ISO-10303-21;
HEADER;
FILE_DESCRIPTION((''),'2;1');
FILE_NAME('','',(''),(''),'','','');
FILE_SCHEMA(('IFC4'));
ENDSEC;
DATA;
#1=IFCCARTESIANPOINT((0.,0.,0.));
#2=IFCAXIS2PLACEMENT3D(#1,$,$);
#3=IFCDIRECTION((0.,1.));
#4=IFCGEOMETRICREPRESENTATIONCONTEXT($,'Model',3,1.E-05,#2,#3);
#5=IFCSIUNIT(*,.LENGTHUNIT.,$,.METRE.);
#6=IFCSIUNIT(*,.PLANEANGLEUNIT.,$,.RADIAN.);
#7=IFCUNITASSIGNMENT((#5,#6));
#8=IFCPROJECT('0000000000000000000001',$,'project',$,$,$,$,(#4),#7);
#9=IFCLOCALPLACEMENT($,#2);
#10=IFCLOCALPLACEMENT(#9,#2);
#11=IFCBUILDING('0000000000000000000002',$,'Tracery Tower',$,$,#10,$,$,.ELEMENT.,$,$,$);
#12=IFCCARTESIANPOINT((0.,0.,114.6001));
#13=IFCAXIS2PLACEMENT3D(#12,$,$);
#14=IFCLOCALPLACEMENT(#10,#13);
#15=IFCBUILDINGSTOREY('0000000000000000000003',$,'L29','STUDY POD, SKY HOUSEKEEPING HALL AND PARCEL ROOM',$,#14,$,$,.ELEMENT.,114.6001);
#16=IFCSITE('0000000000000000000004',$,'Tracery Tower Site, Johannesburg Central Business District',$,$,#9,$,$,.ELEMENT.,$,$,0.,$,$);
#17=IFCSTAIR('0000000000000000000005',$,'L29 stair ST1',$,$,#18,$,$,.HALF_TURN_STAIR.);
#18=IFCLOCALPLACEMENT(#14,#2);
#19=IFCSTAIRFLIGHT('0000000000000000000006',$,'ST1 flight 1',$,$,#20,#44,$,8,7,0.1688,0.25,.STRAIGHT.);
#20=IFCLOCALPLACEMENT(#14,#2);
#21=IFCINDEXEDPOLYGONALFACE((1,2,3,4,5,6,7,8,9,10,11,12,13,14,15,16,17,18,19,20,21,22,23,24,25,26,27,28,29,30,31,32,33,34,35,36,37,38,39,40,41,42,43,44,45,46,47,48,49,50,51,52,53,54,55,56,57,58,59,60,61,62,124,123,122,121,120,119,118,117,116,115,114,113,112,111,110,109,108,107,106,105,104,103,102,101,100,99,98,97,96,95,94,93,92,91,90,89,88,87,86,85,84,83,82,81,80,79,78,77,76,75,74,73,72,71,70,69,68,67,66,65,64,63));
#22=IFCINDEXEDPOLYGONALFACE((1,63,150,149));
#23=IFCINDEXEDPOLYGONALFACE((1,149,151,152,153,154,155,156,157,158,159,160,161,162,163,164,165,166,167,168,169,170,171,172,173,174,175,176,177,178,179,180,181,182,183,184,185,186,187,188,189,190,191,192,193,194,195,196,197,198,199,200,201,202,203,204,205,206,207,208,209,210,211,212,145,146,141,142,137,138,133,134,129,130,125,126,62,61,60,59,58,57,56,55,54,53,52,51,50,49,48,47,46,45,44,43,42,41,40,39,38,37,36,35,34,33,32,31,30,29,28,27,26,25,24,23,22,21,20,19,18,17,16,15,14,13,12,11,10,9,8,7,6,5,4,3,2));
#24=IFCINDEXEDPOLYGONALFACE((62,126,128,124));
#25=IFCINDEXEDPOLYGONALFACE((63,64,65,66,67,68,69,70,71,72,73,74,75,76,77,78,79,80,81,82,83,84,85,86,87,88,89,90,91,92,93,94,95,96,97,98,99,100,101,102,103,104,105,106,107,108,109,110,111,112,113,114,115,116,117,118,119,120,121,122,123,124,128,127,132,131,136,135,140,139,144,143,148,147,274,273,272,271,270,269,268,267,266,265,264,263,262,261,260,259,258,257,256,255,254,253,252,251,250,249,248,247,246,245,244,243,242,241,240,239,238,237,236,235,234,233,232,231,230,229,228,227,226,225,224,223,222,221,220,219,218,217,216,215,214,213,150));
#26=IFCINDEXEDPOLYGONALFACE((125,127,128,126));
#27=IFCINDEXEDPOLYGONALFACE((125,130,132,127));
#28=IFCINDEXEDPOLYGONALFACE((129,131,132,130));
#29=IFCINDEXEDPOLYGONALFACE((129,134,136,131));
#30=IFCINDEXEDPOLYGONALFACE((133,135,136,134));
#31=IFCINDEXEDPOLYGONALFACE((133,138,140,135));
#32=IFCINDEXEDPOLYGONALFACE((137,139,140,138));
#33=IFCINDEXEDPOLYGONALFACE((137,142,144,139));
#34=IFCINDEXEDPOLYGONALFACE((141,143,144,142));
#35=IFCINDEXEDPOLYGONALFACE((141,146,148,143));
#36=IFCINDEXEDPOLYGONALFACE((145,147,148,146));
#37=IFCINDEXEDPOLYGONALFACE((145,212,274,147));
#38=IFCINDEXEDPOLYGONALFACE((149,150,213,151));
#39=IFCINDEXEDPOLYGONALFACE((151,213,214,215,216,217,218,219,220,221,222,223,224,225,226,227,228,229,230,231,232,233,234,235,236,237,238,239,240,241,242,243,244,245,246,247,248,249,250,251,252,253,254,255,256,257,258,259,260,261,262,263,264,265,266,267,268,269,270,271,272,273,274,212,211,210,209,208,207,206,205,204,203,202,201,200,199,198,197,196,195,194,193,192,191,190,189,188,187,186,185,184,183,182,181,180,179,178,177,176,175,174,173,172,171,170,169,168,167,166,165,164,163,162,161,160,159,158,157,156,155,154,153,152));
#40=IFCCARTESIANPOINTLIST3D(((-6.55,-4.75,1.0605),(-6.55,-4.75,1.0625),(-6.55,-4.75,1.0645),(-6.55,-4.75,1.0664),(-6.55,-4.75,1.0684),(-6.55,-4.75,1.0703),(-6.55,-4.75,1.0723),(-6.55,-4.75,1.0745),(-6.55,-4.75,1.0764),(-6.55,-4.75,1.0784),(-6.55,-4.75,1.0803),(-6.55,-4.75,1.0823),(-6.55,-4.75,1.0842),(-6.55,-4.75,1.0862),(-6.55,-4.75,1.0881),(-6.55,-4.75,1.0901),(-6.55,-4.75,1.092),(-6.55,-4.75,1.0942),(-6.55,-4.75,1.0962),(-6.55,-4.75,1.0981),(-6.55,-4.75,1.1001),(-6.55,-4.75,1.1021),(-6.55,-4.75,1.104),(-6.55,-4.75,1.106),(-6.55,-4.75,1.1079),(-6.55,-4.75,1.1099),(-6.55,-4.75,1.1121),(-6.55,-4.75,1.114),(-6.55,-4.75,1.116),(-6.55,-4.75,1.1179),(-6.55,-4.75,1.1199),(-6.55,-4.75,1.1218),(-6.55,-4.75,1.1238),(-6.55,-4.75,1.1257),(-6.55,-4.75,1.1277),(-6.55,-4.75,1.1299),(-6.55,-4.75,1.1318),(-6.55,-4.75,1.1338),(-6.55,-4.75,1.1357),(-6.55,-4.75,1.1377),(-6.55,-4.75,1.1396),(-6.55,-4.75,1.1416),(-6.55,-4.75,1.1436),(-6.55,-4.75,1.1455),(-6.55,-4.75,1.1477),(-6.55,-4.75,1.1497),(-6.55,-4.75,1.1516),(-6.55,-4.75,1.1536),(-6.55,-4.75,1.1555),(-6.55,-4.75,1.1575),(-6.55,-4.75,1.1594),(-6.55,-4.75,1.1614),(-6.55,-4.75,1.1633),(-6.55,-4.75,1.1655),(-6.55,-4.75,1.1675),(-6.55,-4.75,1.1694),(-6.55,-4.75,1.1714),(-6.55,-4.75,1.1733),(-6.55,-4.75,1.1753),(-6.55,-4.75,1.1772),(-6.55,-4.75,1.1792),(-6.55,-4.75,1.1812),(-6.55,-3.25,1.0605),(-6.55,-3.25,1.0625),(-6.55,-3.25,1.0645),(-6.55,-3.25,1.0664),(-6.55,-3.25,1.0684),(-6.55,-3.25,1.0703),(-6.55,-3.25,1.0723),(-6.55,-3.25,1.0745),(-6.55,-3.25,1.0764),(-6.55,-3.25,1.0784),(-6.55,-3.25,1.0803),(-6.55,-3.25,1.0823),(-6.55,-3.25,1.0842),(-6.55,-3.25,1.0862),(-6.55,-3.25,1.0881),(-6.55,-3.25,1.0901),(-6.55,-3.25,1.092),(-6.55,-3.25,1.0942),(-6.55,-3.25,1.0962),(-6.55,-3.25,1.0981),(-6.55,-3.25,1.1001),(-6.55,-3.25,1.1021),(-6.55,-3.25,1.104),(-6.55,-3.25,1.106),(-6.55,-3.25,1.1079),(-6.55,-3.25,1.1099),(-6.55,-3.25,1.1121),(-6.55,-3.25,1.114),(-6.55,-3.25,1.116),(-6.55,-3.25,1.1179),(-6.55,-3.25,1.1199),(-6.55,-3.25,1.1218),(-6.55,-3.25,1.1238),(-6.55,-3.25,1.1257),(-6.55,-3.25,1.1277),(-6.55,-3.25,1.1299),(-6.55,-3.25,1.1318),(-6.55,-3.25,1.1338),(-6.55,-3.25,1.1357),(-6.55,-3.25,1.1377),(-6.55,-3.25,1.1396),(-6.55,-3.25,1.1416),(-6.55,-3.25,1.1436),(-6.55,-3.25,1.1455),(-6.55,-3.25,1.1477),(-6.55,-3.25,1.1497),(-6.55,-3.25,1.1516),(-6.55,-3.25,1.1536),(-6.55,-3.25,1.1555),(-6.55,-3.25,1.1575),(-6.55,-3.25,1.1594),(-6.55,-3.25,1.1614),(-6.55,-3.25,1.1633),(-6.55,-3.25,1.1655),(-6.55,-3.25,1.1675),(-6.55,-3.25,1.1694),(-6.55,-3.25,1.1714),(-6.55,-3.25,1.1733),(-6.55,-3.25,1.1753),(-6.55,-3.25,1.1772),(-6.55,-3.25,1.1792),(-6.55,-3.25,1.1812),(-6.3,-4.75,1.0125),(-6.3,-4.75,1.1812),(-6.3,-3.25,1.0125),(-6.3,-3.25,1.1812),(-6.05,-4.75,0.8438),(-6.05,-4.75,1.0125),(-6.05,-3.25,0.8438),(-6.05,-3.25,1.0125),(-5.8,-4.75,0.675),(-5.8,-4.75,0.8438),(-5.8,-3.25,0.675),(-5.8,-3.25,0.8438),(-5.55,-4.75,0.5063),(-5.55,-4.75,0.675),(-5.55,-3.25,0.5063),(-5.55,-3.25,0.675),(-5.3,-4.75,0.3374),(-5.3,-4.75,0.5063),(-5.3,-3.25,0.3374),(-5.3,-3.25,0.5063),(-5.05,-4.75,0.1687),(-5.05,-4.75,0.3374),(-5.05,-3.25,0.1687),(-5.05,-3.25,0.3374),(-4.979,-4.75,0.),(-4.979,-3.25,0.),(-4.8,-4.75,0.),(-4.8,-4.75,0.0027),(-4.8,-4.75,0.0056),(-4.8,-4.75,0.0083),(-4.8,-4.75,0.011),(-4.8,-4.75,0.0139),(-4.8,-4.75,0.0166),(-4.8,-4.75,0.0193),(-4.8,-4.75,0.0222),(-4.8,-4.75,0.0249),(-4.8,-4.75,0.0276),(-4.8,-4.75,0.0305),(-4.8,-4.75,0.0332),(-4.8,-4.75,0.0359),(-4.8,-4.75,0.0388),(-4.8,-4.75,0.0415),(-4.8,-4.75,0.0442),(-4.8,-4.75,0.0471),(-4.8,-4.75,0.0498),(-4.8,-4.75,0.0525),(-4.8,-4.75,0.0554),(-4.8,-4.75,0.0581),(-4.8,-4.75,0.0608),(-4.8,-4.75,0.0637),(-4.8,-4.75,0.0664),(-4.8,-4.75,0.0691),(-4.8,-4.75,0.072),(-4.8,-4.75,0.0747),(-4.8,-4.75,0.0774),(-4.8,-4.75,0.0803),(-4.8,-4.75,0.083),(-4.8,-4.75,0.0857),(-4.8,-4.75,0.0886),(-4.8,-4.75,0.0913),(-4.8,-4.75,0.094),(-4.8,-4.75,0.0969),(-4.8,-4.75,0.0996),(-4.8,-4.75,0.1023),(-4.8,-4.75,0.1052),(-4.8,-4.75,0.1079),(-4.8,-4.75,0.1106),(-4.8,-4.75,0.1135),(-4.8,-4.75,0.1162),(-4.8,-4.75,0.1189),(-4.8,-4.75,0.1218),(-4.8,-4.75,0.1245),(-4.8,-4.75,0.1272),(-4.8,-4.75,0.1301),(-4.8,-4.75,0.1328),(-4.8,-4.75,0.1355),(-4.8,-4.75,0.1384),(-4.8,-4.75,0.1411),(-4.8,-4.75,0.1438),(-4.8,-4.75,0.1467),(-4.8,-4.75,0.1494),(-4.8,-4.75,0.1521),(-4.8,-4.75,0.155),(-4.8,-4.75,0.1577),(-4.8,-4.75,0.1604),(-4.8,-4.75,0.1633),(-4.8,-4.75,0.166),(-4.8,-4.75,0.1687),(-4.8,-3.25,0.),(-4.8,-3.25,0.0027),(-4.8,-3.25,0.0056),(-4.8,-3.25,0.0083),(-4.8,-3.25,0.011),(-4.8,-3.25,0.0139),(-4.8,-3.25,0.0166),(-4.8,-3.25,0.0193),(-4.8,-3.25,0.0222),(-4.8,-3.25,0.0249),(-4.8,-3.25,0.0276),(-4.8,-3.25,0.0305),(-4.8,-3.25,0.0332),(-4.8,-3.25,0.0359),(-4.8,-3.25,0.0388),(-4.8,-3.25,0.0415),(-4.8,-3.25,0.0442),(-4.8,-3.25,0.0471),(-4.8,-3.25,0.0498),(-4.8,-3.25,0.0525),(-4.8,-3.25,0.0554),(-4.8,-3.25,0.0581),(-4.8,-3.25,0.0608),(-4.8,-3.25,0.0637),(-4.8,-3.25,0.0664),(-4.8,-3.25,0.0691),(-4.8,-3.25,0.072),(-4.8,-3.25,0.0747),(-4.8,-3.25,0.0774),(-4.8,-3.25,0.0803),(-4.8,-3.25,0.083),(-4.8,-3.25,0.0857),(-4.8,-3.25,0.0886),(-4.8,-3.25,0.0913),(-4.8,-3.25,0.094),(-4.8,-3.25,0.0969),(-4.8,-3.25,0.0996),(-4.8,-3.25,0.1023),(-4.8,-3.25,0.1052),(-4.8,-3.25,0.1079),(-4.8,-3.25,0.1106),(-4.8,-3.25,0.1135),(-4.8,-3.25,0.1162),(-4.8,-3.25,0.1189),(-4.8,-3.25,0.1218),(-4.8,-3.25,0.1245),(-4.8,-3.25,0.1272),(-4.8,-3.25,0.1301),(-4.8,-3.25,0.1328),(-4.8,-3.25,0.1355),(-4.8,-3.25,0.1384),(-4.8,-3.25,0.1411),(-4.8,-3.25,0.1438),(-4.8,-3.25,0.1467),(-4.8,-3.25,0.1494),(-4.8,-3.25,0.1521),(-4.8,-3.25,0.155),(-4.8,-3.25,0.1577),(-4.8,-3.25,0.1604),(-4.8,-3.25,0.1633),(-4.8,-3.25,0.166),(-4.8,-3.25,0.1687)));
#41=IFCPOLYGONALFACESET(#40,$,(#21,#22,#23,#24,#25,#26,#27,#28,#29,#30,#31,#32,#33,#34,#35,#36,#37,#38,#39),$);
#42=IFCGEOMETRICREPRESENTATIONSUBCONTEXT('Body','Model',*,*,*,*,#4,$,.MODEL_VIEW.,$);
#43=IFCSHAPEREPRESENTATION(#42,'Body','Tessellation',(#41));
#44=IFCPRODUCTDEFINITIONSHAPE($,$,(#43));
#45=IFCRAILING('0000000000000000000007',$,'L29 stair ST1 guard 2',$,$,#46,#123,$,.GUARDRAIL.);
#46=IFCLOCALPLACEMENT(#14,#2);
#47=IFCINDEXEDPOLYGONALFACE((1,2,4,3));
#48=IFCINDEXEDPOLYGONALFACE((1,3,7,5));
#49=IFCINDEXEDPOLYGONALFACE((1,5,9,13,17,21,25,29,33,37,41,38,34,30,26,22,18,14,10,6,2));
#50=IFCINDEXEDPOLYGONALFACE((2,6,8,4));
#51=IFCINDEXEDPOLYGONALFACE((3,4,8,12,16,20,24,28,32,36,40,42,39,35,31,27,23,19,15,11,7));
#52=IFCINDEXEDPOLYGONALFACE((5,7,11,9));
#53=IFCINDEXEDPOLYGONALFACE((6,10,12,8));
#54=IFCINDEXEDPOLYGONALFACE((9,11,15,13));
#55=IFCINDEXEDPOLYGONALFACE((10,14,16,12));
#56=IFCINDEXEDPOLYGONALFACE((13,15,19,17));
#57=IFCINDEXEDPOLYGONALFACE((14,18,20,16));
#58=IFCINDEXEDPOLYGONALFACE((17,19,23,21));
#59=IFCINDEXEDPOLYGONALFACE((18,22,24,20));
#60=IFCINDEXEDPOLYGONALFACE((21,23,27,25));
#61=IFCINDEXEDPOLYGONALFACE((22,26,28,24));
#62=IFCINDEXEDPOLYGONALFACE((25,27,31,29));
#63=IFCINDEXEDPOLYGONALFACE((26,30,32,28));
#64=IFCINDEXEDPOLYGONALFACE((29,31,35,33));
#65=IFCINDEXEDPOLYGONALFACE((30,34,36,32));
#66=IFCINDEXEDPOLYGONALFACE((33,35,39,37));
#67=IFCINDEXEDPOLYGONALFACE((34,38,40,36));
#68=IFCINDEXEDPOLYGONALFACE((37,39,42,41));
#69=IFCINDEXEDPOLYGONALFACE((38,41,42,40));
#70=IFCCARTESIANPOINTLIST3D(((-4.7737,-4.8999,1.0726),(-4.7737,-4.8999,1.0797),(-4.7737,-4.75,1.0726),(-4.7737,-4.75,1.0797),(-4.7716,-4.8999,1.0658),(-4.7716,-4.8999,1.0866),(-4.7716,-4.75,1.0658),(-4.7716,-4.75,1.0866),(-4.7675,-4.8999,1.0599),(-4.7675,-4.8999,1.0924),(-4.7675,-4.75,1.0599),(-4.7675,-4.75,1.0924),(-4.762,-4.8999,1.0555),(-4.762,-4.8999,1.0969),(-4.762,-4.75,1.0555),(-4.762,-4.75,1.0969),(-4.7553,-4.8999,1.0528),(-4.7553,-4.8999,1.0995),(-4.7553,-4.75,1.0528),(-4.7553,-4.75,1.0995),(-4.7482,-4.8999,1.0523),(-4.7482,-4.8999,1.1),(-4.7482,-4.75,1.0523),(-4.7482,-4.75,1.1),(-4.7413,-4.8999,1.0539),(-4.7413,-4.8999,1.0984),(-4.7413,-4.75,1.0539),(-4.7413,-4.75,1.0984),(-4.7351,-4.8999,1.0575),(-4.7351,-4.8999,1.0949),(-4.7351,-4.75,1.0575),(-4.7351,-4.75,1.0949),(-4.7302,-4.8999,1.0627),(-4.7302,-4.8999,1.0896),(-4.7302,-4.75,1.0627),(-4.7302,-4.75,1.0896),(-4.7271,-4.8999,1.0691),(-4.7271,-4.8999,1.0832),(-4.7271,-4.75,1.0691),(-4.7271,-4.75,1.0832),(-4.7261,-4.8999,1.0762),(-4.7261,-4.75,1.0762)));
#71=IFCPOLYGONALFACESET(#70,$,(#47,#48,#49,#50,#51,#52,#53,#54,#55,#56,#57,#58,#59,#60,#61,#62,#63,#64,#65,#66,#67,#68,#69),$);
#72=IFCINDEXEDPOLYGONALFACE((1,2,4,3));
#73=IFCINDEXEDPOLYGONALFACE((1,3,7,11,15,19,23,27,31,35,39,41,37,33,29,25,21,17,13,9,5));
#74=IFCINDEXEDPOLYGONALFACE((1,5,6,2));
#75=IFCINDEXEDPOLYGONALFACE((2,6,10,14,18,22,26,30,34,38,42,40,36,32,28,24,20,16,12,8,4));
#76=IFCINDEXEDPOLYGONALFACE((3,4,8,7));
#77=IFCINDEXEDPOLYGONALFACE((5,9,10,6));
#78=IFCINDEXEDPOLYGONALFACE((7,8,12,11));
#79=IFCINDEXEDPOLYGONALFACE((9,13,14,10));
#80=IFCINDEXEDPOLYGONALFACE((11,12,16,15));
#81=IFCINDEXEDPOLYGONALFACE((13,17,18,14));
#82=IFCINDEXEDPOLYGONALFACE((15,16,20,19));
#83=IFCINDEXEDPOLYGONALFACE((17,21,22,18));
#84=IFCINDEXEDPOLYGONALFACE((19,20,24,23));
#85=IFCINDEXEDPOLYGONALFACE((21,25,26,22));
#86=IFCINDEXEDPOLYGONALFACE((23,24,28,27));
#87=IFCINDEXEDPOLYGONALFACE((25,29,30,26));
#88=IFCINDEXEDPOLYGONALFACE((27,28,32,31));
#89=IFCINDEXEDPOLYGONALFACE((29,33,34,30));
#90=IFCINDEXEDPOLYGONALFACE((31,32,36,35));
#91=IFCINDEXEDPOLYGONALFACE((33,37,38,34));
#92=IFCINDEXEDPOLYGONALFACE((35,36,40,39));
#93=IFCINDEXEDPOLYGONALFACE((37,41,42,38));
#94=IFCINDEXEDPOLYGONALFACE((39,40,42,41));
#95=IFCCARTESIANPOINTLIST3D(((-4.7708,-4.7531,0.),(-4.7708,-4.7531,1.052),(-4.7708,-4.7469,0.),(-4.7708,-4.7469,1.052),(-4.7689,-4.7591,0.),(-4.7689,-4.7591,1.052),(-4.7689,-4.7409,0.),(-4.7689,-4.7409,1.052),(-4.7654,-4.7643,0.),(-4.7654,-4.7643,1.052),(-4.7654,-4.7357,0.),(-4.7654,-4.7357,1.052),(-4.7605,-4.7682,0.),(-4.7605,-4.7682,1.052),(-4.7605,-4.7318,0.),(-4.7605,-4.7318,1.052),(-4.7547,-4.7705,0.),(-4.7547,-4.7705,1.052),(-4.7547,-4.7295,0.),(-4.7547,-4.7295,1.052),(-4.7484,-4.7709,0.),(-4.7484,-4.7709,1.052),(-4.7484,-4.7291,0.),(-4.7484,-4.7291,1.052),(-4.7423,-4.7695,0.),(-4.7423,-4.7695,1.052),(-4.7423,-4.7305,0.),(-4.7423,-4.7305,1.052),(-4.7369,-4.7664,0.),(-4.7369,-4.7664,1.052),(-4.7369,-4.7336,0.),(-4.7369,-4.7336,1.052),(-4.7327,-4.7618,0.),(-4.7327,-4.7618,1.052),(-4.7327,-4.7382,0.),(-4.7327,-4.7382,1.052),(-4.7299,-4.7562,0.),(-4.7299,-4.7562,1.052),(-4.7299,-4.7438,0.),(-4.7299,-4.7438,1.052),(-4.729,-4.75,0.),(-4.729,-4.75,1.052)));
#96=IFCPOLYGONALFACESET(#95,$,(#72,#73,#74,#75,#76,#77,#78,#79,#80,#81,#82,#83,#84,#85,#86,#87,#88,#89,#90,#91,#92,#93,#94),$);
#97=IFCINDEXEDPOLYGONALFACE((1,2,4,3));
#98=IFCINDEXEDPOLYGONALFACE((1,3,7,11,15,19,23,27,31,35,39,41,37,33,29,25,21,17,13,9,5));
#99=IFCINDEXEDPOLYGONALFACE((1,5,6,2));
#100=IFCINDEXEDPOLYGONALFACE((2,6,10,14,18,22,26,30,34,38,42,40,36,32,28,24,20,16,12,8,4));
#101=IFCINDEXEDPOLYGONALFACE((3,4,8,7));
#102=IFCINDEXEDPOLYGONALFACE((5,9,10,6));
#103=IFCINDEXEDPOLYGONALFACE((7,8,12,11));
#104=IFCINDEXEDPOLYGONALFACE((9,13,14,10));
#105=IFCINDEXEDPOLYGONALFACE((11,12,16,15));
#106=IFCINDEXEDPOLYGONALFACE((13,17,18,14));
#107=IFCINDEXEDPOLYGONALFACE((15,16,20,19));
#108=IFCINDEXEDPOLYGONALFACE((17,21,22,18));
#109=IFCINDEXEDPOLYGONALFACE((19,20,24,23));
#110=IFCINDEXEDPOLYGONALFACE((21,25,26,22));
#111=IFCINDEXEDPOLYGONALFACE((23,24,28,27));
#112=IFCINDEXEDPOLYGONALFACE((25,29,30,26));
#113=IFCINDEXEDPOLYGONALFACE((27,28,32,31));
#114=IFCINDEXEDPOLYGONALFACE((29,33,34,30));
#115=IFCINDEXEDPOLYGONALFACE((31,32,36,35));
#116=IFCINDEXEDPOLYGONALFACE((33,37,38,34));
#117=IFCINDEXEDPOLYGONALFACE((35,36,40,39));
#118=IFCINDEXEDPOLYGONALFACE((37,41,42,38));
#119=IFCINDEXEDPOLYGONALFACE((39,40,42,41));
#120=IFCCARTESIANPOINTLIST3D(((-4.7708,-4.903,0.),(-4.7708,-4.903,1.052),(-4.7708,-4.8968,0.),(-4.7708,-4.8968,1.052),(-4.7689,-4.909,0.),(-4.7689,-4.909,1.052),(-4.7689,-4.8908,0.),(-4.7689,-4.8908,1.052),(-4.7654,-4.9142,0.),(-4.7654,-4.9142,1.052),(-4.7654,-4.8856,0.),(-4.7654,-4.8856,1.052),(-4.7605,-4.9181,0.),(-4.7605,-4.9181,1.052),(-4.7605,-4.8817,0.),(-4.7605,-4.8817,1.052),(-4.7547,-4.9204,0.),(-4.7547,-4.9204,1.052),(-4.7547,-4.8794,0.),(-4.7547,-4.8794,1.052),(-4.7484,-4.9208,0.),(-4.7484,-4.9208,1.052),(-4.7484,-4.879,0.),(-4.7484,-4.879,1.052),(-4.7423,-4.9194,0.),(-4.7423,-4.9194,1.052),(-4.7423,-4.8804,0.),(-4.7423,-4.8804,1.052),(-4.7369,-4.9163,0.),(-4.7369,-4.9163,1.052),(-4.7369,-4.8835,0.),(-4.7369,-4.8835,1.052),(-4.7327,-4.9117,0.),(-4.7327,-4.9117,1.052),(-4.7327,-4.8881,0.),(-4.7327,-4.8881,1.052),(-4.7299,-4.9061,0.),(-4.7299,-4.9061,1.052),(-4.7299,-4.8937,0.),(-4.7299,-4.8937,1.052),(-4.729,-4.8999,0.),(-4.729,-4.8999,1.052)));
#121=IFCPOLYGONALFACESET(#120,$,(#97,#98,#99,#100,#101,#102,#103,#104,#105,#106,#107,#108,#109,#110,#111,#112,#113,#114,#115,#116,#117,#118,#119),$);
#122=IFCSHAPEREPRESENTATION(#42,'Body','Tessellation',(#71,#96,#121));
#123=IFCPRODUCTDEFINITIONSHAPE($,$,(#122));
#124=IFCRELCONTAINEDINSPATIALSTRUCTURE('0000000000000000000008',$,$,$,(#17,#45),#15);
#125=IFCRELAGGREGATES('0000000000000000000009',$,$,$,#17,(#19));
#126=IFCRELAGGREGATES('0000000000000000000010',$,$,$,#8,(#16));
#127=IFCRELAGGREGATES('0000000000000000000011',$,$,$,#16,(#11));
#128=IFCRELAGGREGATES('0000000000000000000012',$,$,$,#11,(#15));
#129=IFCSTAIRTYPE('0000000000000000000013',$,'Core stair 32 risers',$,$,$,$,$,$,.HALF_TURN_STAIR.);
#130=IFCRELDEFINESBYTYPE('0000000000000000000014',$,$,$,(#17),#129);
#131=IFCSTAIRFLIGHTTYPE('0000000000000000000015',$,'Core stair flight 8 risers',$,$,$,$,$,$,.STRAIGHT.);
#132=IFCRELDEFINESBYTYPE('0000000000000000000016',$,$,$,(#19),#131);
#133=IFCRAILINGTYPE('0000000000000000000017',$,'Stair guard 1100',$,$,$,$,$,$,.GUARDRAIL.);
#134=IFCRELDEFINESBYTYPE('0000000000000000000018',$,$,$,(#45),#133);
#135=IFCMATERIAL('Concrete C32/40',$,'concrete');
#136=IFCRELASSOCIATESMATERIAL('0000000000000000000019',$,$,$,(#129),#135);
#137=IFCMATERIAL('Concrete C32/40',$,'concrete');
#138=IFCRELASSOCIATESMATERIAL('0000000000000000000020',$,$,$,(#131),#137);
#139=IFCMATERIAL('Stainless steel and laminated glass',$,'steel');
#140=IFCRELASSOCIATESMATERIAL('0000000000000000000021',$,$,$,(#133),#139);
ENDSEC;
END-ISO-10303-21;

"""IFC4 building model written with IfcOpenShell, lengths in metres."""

from ifc_helpers import new_model, si_unit, direction, frame, origin, origin_2d, place, context, subcontext, project, spatial, polyline, circle, outline, extrude, material, type_object, element, aggregate, save


model = new_model("IFC4")

# Units and contexts
model_context = context("Model", 3, precision=1e-05, world=origin(), true_north=direction((0.0, 1.0)))
body_context = subcontext(model_context, "Body", "Model", "MODEL_VIEW")
ifc_project = project(units=[si_unit("LENGTHUNIT", "METRE"), si_unit("PLANEANGLEUNIT", "RADIAN")], contexts=[model_context])

# Site, building, storey
site_placement = place(None, origin())
site = spatial("IfcSite", under=ifc_project, at=site_placement, Name="Tracery Tower Site, Johannesburg Central Business District", CompositionType="ELEMENT", RefElevation=0.0)
building_placement = place(site_placement, origin())
building = spatial("IfcBuilding", under=site, at=building_placement, Name="Tracery Tower", CompositionType="ELEMENT")
storey_placement = place(building_placement, frame((0.0, 0.0, 114.6001)))
storey = spatial("IfcBuildingStorey", under=building, at=storey_placement, Name="L29", Description="STUDY POD, SKY HOUSEKEEPING HALL AND PARCEL ROOM", CompositionType="ELEMENT", Elevation=114.6001)

# Stair, stair flight
ifc_material_1 = material(Name="Concrete C32/40", Category="concrete")
stair_type = type_object("IfcStairType", Name="Core stair 32 risers", PredefinedType="HALF_TURN_STAIR", material=ifc_material_1)
stair_placement = place(storey_placement, origin())
stair = element("IfcStair", 1, at=stair_placement, inside=storey, type_object=stair_type, Name="L29 stair ST1", PredefinedType="HALF_TURN_STAIR")
ifc_material_2 = material(Name="Concrete C32/40", Category="concrete")
stair_flight_type = type_object("IfcStairFlightType", Name="Core stair flight 8 risers", PredefinedType="STRAIGHT", material=ifc_material_2)
stair_flight_1_placement = place(storey_placement, frame((-4.8, -4.0, 0.0), z_axis=(0.0, 0.0, 1.0), x_axis=(-1.0, 0.0, 0.0)))
stair_flight_1 = element("IfcStairFlight", 2, at=stair_flight_1_placement, type_object=stair_flight_type, Name="ST1 flight 1", NumberOfRisers=8, NumberOfTreads=7, PredefinedType="STRAIGHT", RiserHeight=0.1688, TreadLength=0.25, context=body_context, shape_type="SweptSolid", body=[
    extrude(outline(polyline([(0.0, 0.0), (0.0, 0.0027), (0.0, 0.0056), (0.0, 0.0083), (0.0, 0.011), (0.0, 0.0139), (0.0, 0.0166), (0.0, 0.0193), (0.0, 0.0222), (0.0, 0.0249), (0.0, 0.0276), (0.0, 0.0305), (0.0, 0.0332), (0.0, 0.0359), (0.0, 0.0388), (0.0, 0.0415), (0.0, 0.0442), (0.0, 0.0471), (0.0, 0.0498), (0.0, 0.0525), (0.0, 0.0554), (0.0, 0.0581), (0.0, 0.0608), (0.0, 0.0637), (0.0, 0.0664), (0.0, 0.0691), (0.0, 0.072), (0.0, 0.0747), (0.0, 0.0774), (0.0, 0.0803), (0.0, 0.083), (0.0, 0.0857), (0.0, 0.0886), (0.0, 0.0913), (0.0, 0.094), (0.0, 0.0969), (0.0, 0.0996), (0.0, 0.1023), (0.0, 0.1052), (0.0, 0.1079), (0.0, 0.1106), (0.0, 0.1135), (0.0, 0.1162), (0.0, 0.1189), (0.0, 0.1218), (0.0, 0.1245), (0.0, 0.1272), (0.0, 0.1301), (0.0, 0.1328), (0.0, 0.1355), (0.0, 0.1384), (0.0, 0.1411), (0.0, 0.1438), (0.0, 0.1467), (0.0, 0.1494), (0.0, 0.1521), (0.0, 0.155), (0.0, 0.1577), (0.0, 0.1604), (0.0, 0.1633), (0.0, 0.166), (0.0, 0.1687), (0.25, 0.1687), (0.25, 0.3374), (0.5, 0.3374), (0.5, 0.5063), (0.75, 0.5063), (0.75, 0.675), (1.0, 0.675), (1.0, 0.8438), (1.25, 0.8438), (1.25, 1.0125), (1.5, 1.0125), (1.5, 1.1812), (1.75, 1.1812), (1.75, 1.1792), (1.75, 1.1772), (1.75, 1.1753), (1.75, 1.1733), (1.75, 1.1714), (1.75, 1.1694), (1.75, 1.1675), (1.75, 1.1655), (1.75, 1.1633), (1.75, 1.1614), (1.75, 1.1594), (1.75, 1.1575), (1.75, 1.1555), (1.75, 1.1536), (1.75, 1.1516), (1.75, 1.1497), (1.75, 1.1477), (1.75, 1.1455), (1.75, 1.1436), (1.75, 1.1416), (1.75, 1.1396), (1.75, 1.1377), (1.75, 1.1357), (1.75, 1.1338), (1.75, 1.1318), (1.75, 1.1299), (1.75, 1.1277), (1.75, 1.1257), (1.75, 1.1238), (1.75, 1.1218), (1.75, 1.1199), (1.75, 1.1179), (1.75, 1.116), (1.75, 1.114), (1.75, 1.1121), (1.75, 1.1099), (1.75, 1.1079), (1.75, 1.106), (1.75, 1.104), (1.75, 1.1021), (1.75, 1.1001), (1.75, 1.0981), (1.75, 1.0962), (1.75, 1.0942), (1.75, 1.092), (1.75, 1.0901), (1.75, 1.0881), (1.75, 1.0862), (1.75, 1.0842), (1.75, 1.0823), (1.75, 1.0803), (1.75, 1.0784), (1.75, 1.0764), (1.75, 1.0745), (1.75, 1.0723), (1.75, 1.0703), (1.75, 1.0684), (1.75, 1.0664), (1.75, 1.0645), (1.75, 1.0625), (1.75, 1.0605), (0.179, 0.0), (0.0, 0.0)])), frame((0.0, 0.75, 0.0), z_axis=(0.0, -1.0, 0.0), x_axis=(1.0, 0.0, 0.0)), (0.0, 0.0, 1.0), 1.5),
])
aggregate(stair, [stair_flight_1])

# Railing
ifc_material_3 = material(Name="Stainless steel and laminated glass", Category="steel")
railing_type_1 = type_object("IfcRailingType", Name="Stair guard 1100", PredefinedType="GUARDRAIL", material=ifc_material_3)
railing_1_placement = place(storey_placement, frame((-4.75, -4.75, 0.0)))
element("IfcRailing", 3, at=railing_1_placement, inside=storey, type_object=railing_type_1, Name="L29 stair ST1 guard 2", PredefinedType="GUARDRAIL", context=body_context, shape_type="SweptSolid", body=[
    extrude(circle(Radius=0.0239, at=origin_2d()), frame((0.0, 0.0, 1.0762), z_axis=(0.0, -1.0, 0.0), x_axis=(1.0, 0.0, 0.0)), (0.0, 0.0, 1.0), 0.1499),
    extrude(circle(Radius=0.021, at=origin_2d()), origin(), (0.0, 0.0, 1.0), 1.052),
    extrude(circle(Radius=0.021, at=origin_2d()), frame((0.0, -0.1499, 0.0)), (0.0, 0.0, 1.0), 1.052),
])

save(model, "model.ifc")
